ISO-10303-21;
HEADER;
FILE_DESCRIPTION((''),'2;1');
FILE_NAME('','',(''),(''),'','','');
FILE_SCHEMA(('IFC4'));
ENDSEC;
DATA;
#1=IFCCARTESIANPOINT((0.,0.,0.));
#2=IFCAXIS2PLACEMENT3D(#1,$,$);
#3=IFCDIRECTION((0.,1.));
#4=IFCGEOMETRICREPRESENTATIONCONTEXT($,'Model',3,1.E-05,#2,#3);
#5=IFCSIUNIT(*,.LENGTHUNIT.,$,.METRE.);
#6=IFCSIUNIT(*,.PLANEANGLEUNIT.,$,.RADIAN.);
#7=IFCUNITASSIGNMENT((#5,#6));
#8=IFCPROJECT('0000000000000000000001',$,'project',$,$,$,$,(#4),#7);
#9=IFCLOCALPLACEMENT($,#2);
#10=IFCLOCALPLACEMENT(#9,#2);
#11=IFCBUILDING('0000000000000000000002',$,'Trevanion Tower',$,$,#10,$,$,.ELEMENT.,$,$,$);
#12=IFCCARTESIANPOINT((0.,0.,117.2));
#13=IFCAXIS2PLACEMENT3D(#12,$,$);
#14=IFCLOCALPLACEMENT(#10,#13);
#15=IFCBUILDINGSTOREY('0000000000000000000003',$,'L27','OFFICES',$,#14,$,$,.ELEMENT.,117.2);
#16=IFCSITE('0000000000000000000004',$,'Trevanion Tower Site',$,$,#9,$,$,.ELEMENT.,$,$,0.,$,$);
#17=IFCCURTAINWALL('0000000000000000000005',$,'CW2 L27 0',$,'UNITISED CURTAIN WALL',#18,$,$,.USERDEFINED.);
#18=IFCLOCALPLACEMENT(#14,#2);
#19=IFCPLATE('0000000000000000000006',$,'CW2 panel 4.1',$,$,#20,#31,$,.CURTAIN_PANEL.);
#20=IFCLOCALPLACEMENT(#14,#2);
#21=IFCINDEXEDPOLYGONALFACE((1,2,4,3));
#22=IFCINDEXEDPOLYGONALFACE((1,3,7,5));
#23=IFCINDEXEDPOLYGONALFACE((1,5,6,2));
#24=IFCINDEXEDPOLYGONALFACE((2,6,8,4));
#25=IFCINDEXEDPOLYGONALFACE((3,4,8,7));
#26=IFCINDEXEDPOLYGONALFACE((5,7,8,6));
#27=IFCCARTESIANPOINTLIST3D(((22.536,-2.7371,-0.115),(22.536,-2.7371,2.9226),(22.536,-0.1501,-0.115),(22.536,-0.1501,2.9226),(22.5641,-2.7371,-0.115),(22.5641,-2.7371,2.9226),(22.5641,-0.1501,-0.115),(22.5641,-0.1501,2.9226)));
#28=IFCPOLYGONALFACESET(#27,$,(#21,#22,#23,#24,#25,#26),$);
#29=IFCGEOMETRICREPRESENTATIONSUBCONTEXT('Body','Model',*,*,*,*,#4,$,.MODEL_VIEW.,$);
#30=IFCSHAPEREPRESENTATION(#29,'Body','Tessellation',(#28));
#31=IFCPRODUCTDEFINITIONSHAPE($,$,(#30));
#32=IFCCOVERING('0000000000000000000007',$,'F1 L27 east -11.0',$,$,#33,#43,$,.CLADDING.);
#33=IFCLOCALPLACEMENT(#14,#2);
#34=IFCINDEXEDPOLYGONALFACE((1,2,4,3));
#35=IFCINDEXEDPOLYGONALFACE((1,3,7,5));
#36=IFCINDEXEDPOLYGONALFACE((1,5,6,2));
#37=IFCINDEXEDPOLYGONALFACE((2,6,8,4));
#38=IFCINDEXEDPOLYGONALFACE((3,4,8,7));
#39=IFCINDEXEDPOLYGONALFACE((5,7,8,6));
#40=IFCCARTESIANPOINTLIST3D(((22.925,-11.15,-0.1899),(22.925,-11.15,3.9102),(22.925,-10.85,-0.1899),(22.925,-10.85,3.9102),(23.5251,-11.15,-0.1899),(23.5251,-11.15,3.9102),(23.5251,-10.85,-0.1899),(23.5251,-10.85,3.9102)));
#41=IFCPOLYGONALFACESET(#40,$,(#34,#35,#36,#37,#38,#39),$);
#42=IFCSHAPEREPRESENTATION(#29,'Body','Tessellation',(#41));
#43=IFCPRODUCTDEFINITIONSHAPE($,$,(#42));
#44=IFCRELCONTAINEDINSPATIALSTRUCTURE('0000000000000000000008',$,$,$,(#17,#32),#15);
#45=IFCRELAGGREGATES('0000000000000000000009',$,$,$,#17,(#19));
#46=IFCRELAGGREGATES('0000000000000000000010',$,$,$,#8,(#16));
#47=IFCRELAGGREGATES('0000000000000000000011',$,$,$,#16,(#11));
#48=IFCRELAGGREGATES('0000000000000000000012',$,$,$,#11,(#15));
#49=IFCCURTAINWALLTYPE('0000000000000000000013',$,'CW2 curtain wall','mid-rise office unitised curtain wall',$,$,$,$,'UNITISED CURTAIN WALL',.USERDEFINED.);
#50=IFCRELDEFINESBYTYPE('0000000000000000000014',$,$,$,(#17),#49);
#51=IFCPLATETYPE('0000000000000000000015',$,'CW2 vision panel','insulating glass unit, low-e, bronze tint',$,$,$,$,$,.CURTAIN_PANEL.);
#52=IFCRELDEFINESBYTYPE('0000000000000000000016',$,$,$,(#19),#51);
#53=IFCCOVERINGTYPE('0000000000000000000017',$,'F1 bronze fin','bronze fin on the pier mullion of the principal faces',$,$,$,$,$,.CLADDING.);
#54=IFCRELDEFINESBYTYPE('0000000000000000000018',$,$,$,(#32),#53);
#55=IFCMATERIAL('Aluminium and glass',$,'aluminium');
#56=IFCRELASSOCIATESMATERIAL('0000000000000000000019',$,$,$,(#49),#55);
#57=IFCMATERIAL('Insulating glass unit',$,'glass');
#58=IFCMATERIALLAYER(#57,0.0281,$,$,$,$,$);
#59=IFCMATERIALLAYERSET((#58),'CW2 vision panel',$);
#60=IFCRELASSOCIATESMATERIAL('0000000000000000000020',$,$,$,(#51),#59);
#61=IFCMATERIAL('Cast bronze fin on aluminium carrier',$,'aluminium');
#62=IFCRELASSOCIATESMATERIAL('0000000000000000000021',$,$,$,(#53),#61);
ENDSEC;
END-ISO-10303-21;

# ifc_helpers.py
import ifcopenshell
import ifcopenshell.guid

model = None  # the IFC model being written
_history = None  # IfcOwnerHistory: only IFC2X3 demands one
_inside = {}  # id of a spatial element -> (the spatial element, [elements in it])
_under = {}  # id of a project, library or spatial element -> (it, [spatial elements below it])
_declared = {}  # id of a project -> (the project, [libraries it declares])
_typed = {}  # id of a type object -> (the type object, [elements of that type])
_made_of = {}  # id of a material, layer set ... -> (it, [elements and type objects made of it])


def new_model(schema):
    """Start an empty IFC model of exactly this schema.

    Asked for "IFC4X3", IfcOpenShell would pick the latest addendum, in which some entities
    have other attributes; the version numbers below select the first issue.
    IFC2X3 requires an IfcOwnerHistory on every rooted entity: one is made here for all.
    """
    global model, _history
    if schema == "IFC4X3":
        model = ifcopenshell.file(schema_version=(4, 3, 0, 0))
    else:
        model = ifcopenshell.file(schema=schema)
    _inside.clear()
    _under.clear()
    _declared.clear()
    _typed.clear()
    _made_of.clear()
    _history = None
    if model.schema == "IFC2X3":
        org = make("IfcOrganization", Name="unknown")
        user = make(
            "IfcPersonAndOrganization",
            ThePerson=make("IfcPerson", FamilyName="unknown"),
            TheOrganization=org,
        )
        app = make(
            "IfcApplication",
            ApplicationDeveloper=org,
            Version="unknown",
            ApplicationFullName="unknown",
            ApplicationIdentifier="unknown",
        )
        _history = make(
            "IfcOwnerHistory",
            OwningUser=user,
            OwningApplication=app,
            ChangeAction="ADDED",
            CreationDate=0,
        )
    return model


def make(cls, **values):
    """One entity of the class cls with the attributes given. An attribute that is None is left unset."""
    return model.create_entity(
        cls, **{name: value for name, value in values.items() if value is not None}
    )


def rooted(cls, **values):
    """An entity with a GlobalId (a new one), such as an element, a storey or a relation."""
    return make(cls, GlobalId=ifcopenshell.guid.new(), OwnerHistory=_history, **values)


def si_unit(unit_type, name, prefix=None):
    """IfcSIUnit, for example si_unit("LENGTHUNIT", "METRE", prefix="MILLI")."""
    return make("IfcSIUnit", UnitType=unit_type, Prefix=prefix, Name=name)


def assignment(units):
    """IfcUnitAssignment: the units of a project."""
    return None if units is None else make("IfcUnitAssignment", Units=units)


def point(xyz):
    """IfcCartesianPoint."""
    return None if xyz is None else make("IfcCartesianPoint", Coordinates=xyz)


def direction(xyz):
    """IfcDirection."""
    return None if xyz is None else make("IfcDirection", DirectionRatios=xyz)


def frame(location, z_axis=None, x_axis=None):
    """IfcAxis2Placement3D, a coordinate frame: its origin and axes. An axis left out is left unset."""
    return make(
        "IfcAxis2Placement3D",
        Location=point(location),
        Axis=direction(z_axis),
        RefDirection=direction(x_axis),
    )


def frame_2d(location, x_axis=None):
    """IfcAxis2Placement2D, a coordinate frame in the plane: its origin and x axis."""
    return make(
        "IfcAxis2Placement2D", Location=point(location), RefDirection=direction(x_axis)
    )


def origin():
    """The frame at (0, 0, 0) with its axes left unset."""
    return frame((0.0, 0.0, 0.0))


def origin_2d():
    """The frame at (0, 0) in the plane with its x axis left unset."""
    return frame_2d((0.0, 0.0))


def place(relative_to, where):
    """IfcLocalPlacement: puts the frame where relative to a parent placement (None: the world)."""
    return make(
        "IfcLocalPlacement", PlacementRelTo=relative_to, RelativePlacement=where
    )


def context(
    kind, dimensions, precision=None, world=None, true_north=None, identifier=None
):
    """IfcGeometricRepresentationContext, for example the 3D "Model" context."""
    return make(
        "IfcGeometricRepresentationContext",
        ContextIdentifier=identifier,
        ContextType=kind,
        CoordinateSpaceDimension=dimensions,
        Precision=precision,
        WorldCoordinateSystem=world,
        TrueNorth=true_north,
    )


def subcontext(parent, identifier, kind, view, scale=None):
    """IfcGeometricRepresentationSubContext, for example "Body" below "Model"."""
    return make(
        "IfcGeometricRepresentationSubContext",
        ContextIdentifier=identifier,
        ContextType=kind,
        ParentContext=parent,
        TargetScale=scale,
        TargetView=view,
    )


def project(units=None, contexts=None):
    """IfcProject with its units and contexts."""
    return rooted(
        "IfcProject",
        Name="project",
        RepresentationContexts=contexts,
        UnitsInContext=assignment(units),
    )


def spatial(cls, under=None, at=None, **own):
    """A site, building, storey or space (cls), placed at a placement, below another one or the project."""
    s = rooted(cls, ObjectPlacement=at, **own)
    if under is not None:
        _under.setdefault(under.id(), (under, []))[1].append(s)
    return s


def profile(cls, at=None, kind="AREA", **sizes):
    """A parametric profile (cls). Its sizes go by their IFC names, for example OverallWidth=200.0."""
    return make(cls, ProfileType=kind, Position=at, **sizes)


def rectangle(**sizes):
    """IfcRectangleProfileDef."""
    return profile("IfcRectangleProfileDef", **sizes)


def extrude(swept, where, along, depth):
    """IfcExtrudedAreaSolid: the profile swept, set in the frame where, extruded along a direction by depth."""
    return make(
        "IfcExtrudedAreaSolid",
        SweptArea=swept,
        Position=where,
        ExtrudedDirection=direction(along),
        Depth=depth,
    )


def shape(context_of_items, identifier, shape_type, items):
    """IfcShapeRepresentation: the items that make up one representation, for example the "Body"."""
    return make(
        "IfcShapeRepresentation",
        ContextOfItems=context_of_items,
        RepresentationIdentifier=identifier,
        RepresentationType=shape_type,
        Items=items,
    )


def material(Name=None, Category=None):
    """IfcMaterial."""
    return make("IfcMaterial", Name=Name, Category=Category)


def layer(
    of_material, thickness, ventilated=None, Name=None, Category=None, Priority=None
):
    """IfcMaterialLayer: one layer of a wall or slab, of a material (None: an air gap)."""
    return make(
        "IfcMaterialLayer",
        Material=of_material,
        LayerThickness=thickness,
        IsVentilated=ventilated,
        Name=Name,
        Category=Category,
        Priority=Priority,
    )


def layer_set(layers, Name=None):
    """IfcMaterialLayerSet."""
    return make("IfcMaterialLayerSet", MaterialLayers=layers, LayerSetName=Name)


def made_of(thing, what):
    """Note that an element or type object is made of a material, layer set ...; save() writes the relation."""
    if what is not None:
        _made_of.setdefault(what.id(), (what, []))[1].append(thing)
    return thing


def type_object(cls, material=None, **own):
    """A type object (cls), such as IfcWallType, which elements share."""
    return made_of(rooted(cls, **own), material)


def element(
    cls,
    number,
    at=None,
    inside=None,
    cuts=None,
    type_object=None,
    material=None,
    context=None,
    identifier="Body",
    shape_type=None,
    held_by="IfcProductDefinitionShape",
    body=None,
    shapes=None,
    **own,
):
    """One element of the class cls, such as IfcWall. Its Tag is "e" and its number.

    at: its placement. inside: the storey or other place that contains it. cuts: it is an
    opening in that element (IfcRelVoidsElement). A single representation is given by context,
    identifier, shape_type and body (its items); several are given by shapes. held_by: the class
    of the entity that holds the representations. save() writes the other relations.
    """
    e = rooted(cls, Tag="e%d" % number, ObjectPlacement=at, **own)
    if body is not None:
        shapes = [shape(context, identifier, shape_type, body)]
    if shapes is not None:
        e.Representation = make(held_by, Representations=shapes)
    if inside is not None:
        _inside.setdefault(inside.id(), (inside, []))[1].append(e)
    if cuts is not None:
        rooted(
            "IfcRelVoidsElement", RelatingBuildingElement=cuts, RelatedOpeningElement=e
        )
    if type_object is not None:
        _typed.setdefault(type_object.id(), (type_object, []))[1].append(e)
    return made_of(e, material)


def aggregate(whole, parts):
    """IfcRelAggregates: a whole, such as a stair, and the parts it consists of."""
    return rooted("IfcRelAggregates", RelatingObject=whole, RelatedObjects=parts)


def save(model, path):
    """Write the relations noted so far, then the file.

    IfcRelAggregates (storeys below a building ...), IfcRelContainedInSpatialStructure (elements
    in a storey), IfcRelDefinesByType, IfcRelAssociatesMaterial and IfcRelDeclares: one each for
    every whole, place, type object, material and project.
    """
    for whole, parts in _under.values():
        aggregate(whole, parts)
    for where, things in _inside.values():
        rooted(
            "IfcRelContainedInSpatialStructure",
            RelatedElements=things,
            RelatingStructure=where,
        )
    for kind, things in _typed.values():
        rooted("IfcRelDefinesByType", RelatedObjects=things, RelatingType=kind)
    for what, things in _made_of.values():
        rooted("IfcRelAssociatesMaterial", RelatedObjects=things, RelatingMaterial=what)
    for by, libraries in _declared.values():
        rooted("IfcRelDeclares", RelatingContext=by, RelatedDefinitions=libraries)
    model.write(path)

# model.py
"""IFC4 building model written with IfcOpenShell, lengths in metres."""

from ifc_helpers import new_model, si_unit, direction, frame, origin, origin_2d, place, context, subcontext, project, spatial, rectangle, extrude, material, layer, layer_set, type_object, element, aggregate, save


model = new_model("IFC4")

# Units and contexts
model_context = context("Model", 3, precision=1e-05, world=origin(), true_north=direction((0.0, 1.0)))
body_context = subcontext(model_context, "Body", "Model", "MODEL_VIEW")
ifc_project = project(units=[si_unit("LENGTHUNIT", "METRE"), si_unit("PLANEANGLEUNIT", "RADIAN")], contexts=[model_context])

# Site, building, storey
site_placement = place(None, origin())
site = spatial("IfcSite", under=ifc_project, at=site_placement, Name="Trevanion Tower Site", CompositionType="ELEMENT", RefElevation=0.0)
building_placement = place(site_placement, origin())
building = spatial("IfcBuilding", under=site, at=building_placement, Name="Trevanion Tower", CompositionType="ELEMENT")
storey_placement = place(building_placement, frame((0.0, 0.0, 117.2)))
storey = spatial("IfcBuildingStorey", under=building, at=storey_placement, Name="L27", Description="OFFICES", CompositionType="ELEMENT", Elevation=117.2)

# Curtain wall, plate
ifc_material_1 = material(Name="Aluminium and glass", Category="aluminium")
curtain_wall_type = type_object("IfcCurtainWallType", Name="CW2 curtain wall", Description="mid-rise office unitised curtain wall", ElementType="UNITISED CURTAIN WALL", PredefinedType="USERDEFINED", material=ifc_material_1)
curtain_wall_placement = place(storey_placement, origin())
curtain_wall = element("IfcCurtainWall", 1, at=curtain_wall_placement, inside=storey, type_object=curtain_wall_type, Name="CW2 L27 0", ObjectType="UNITISED CURTAIN WALL", PredefinedType="USERDEFINED")
ifc_material_2 = material(Name="Insulating glass unit", Category="glass")
ifc_layer_1 = layer(ifc_material_2, 0.0281)
ifc_layer_set_1 = layer_set([ifc_layer_1], Name="CW2 vision panel")
plate_type_1 = type_object("IfcPlateType", Name="CW2 vision panel", Description="insulating glass unit, low-e, bronze tint", PredefinedType="CURTAIN_PANEL", material=ifc_layer_set_1)
plate_1_placement = place(storey_placement, frame((22.55, -1.4436, -0.115), z_axis=(0.0, 0.0, 1.0), x_axis=(0.0, 1.0, 0.0)))
plate_1 = element("IfcPlate", 2, at=plate_1_placement, type_object=plate_type_1, Name="CW2 panel 4.1", PredefinedType="CURTAIN_PANEL", context=body_context, shape_type="SweptSolid", body=[
    extrude(rectangle(XDim=2.5869, YDim=0.0281, at=origin_2d()), origin(), (0.0, 0.0, 1.0), 3.0376),
])
aggregate(curtain_wall, [plate_1])

# Covering
ifc_material_3 = material(Name="Cast bronze fin on aluminium carrier", Category="aluminium")
covering_type = type_object("IfcCoveringType", Name="F1 bronze fin", Description="bronze fin on the pier mullion of the principal faces", PredefinedType="CLADDING", material=ifc_material_3)
covering_placement = place(storey_placement, frame((23.2251, -11.0, -0.1899), z_axis=(0.0, 0.0, 1.0), x_axis=(0.0, 1.0, 0.0)))
element("IfcCovering", 3, at=covering_placement, inside=storey, type_object=covering_type, Name="F1 L27 east -11.0", PredefinedType="CLADDING", context=body_context, shape_type="SweptSolid", body=[
    extrude(rectangle(XDim=0.3, YDim=0.6001, at=origin_2d()), origin(), (0.0, 0.0, 1.0), 4.1001),
])

save(model, "model.ifc")
